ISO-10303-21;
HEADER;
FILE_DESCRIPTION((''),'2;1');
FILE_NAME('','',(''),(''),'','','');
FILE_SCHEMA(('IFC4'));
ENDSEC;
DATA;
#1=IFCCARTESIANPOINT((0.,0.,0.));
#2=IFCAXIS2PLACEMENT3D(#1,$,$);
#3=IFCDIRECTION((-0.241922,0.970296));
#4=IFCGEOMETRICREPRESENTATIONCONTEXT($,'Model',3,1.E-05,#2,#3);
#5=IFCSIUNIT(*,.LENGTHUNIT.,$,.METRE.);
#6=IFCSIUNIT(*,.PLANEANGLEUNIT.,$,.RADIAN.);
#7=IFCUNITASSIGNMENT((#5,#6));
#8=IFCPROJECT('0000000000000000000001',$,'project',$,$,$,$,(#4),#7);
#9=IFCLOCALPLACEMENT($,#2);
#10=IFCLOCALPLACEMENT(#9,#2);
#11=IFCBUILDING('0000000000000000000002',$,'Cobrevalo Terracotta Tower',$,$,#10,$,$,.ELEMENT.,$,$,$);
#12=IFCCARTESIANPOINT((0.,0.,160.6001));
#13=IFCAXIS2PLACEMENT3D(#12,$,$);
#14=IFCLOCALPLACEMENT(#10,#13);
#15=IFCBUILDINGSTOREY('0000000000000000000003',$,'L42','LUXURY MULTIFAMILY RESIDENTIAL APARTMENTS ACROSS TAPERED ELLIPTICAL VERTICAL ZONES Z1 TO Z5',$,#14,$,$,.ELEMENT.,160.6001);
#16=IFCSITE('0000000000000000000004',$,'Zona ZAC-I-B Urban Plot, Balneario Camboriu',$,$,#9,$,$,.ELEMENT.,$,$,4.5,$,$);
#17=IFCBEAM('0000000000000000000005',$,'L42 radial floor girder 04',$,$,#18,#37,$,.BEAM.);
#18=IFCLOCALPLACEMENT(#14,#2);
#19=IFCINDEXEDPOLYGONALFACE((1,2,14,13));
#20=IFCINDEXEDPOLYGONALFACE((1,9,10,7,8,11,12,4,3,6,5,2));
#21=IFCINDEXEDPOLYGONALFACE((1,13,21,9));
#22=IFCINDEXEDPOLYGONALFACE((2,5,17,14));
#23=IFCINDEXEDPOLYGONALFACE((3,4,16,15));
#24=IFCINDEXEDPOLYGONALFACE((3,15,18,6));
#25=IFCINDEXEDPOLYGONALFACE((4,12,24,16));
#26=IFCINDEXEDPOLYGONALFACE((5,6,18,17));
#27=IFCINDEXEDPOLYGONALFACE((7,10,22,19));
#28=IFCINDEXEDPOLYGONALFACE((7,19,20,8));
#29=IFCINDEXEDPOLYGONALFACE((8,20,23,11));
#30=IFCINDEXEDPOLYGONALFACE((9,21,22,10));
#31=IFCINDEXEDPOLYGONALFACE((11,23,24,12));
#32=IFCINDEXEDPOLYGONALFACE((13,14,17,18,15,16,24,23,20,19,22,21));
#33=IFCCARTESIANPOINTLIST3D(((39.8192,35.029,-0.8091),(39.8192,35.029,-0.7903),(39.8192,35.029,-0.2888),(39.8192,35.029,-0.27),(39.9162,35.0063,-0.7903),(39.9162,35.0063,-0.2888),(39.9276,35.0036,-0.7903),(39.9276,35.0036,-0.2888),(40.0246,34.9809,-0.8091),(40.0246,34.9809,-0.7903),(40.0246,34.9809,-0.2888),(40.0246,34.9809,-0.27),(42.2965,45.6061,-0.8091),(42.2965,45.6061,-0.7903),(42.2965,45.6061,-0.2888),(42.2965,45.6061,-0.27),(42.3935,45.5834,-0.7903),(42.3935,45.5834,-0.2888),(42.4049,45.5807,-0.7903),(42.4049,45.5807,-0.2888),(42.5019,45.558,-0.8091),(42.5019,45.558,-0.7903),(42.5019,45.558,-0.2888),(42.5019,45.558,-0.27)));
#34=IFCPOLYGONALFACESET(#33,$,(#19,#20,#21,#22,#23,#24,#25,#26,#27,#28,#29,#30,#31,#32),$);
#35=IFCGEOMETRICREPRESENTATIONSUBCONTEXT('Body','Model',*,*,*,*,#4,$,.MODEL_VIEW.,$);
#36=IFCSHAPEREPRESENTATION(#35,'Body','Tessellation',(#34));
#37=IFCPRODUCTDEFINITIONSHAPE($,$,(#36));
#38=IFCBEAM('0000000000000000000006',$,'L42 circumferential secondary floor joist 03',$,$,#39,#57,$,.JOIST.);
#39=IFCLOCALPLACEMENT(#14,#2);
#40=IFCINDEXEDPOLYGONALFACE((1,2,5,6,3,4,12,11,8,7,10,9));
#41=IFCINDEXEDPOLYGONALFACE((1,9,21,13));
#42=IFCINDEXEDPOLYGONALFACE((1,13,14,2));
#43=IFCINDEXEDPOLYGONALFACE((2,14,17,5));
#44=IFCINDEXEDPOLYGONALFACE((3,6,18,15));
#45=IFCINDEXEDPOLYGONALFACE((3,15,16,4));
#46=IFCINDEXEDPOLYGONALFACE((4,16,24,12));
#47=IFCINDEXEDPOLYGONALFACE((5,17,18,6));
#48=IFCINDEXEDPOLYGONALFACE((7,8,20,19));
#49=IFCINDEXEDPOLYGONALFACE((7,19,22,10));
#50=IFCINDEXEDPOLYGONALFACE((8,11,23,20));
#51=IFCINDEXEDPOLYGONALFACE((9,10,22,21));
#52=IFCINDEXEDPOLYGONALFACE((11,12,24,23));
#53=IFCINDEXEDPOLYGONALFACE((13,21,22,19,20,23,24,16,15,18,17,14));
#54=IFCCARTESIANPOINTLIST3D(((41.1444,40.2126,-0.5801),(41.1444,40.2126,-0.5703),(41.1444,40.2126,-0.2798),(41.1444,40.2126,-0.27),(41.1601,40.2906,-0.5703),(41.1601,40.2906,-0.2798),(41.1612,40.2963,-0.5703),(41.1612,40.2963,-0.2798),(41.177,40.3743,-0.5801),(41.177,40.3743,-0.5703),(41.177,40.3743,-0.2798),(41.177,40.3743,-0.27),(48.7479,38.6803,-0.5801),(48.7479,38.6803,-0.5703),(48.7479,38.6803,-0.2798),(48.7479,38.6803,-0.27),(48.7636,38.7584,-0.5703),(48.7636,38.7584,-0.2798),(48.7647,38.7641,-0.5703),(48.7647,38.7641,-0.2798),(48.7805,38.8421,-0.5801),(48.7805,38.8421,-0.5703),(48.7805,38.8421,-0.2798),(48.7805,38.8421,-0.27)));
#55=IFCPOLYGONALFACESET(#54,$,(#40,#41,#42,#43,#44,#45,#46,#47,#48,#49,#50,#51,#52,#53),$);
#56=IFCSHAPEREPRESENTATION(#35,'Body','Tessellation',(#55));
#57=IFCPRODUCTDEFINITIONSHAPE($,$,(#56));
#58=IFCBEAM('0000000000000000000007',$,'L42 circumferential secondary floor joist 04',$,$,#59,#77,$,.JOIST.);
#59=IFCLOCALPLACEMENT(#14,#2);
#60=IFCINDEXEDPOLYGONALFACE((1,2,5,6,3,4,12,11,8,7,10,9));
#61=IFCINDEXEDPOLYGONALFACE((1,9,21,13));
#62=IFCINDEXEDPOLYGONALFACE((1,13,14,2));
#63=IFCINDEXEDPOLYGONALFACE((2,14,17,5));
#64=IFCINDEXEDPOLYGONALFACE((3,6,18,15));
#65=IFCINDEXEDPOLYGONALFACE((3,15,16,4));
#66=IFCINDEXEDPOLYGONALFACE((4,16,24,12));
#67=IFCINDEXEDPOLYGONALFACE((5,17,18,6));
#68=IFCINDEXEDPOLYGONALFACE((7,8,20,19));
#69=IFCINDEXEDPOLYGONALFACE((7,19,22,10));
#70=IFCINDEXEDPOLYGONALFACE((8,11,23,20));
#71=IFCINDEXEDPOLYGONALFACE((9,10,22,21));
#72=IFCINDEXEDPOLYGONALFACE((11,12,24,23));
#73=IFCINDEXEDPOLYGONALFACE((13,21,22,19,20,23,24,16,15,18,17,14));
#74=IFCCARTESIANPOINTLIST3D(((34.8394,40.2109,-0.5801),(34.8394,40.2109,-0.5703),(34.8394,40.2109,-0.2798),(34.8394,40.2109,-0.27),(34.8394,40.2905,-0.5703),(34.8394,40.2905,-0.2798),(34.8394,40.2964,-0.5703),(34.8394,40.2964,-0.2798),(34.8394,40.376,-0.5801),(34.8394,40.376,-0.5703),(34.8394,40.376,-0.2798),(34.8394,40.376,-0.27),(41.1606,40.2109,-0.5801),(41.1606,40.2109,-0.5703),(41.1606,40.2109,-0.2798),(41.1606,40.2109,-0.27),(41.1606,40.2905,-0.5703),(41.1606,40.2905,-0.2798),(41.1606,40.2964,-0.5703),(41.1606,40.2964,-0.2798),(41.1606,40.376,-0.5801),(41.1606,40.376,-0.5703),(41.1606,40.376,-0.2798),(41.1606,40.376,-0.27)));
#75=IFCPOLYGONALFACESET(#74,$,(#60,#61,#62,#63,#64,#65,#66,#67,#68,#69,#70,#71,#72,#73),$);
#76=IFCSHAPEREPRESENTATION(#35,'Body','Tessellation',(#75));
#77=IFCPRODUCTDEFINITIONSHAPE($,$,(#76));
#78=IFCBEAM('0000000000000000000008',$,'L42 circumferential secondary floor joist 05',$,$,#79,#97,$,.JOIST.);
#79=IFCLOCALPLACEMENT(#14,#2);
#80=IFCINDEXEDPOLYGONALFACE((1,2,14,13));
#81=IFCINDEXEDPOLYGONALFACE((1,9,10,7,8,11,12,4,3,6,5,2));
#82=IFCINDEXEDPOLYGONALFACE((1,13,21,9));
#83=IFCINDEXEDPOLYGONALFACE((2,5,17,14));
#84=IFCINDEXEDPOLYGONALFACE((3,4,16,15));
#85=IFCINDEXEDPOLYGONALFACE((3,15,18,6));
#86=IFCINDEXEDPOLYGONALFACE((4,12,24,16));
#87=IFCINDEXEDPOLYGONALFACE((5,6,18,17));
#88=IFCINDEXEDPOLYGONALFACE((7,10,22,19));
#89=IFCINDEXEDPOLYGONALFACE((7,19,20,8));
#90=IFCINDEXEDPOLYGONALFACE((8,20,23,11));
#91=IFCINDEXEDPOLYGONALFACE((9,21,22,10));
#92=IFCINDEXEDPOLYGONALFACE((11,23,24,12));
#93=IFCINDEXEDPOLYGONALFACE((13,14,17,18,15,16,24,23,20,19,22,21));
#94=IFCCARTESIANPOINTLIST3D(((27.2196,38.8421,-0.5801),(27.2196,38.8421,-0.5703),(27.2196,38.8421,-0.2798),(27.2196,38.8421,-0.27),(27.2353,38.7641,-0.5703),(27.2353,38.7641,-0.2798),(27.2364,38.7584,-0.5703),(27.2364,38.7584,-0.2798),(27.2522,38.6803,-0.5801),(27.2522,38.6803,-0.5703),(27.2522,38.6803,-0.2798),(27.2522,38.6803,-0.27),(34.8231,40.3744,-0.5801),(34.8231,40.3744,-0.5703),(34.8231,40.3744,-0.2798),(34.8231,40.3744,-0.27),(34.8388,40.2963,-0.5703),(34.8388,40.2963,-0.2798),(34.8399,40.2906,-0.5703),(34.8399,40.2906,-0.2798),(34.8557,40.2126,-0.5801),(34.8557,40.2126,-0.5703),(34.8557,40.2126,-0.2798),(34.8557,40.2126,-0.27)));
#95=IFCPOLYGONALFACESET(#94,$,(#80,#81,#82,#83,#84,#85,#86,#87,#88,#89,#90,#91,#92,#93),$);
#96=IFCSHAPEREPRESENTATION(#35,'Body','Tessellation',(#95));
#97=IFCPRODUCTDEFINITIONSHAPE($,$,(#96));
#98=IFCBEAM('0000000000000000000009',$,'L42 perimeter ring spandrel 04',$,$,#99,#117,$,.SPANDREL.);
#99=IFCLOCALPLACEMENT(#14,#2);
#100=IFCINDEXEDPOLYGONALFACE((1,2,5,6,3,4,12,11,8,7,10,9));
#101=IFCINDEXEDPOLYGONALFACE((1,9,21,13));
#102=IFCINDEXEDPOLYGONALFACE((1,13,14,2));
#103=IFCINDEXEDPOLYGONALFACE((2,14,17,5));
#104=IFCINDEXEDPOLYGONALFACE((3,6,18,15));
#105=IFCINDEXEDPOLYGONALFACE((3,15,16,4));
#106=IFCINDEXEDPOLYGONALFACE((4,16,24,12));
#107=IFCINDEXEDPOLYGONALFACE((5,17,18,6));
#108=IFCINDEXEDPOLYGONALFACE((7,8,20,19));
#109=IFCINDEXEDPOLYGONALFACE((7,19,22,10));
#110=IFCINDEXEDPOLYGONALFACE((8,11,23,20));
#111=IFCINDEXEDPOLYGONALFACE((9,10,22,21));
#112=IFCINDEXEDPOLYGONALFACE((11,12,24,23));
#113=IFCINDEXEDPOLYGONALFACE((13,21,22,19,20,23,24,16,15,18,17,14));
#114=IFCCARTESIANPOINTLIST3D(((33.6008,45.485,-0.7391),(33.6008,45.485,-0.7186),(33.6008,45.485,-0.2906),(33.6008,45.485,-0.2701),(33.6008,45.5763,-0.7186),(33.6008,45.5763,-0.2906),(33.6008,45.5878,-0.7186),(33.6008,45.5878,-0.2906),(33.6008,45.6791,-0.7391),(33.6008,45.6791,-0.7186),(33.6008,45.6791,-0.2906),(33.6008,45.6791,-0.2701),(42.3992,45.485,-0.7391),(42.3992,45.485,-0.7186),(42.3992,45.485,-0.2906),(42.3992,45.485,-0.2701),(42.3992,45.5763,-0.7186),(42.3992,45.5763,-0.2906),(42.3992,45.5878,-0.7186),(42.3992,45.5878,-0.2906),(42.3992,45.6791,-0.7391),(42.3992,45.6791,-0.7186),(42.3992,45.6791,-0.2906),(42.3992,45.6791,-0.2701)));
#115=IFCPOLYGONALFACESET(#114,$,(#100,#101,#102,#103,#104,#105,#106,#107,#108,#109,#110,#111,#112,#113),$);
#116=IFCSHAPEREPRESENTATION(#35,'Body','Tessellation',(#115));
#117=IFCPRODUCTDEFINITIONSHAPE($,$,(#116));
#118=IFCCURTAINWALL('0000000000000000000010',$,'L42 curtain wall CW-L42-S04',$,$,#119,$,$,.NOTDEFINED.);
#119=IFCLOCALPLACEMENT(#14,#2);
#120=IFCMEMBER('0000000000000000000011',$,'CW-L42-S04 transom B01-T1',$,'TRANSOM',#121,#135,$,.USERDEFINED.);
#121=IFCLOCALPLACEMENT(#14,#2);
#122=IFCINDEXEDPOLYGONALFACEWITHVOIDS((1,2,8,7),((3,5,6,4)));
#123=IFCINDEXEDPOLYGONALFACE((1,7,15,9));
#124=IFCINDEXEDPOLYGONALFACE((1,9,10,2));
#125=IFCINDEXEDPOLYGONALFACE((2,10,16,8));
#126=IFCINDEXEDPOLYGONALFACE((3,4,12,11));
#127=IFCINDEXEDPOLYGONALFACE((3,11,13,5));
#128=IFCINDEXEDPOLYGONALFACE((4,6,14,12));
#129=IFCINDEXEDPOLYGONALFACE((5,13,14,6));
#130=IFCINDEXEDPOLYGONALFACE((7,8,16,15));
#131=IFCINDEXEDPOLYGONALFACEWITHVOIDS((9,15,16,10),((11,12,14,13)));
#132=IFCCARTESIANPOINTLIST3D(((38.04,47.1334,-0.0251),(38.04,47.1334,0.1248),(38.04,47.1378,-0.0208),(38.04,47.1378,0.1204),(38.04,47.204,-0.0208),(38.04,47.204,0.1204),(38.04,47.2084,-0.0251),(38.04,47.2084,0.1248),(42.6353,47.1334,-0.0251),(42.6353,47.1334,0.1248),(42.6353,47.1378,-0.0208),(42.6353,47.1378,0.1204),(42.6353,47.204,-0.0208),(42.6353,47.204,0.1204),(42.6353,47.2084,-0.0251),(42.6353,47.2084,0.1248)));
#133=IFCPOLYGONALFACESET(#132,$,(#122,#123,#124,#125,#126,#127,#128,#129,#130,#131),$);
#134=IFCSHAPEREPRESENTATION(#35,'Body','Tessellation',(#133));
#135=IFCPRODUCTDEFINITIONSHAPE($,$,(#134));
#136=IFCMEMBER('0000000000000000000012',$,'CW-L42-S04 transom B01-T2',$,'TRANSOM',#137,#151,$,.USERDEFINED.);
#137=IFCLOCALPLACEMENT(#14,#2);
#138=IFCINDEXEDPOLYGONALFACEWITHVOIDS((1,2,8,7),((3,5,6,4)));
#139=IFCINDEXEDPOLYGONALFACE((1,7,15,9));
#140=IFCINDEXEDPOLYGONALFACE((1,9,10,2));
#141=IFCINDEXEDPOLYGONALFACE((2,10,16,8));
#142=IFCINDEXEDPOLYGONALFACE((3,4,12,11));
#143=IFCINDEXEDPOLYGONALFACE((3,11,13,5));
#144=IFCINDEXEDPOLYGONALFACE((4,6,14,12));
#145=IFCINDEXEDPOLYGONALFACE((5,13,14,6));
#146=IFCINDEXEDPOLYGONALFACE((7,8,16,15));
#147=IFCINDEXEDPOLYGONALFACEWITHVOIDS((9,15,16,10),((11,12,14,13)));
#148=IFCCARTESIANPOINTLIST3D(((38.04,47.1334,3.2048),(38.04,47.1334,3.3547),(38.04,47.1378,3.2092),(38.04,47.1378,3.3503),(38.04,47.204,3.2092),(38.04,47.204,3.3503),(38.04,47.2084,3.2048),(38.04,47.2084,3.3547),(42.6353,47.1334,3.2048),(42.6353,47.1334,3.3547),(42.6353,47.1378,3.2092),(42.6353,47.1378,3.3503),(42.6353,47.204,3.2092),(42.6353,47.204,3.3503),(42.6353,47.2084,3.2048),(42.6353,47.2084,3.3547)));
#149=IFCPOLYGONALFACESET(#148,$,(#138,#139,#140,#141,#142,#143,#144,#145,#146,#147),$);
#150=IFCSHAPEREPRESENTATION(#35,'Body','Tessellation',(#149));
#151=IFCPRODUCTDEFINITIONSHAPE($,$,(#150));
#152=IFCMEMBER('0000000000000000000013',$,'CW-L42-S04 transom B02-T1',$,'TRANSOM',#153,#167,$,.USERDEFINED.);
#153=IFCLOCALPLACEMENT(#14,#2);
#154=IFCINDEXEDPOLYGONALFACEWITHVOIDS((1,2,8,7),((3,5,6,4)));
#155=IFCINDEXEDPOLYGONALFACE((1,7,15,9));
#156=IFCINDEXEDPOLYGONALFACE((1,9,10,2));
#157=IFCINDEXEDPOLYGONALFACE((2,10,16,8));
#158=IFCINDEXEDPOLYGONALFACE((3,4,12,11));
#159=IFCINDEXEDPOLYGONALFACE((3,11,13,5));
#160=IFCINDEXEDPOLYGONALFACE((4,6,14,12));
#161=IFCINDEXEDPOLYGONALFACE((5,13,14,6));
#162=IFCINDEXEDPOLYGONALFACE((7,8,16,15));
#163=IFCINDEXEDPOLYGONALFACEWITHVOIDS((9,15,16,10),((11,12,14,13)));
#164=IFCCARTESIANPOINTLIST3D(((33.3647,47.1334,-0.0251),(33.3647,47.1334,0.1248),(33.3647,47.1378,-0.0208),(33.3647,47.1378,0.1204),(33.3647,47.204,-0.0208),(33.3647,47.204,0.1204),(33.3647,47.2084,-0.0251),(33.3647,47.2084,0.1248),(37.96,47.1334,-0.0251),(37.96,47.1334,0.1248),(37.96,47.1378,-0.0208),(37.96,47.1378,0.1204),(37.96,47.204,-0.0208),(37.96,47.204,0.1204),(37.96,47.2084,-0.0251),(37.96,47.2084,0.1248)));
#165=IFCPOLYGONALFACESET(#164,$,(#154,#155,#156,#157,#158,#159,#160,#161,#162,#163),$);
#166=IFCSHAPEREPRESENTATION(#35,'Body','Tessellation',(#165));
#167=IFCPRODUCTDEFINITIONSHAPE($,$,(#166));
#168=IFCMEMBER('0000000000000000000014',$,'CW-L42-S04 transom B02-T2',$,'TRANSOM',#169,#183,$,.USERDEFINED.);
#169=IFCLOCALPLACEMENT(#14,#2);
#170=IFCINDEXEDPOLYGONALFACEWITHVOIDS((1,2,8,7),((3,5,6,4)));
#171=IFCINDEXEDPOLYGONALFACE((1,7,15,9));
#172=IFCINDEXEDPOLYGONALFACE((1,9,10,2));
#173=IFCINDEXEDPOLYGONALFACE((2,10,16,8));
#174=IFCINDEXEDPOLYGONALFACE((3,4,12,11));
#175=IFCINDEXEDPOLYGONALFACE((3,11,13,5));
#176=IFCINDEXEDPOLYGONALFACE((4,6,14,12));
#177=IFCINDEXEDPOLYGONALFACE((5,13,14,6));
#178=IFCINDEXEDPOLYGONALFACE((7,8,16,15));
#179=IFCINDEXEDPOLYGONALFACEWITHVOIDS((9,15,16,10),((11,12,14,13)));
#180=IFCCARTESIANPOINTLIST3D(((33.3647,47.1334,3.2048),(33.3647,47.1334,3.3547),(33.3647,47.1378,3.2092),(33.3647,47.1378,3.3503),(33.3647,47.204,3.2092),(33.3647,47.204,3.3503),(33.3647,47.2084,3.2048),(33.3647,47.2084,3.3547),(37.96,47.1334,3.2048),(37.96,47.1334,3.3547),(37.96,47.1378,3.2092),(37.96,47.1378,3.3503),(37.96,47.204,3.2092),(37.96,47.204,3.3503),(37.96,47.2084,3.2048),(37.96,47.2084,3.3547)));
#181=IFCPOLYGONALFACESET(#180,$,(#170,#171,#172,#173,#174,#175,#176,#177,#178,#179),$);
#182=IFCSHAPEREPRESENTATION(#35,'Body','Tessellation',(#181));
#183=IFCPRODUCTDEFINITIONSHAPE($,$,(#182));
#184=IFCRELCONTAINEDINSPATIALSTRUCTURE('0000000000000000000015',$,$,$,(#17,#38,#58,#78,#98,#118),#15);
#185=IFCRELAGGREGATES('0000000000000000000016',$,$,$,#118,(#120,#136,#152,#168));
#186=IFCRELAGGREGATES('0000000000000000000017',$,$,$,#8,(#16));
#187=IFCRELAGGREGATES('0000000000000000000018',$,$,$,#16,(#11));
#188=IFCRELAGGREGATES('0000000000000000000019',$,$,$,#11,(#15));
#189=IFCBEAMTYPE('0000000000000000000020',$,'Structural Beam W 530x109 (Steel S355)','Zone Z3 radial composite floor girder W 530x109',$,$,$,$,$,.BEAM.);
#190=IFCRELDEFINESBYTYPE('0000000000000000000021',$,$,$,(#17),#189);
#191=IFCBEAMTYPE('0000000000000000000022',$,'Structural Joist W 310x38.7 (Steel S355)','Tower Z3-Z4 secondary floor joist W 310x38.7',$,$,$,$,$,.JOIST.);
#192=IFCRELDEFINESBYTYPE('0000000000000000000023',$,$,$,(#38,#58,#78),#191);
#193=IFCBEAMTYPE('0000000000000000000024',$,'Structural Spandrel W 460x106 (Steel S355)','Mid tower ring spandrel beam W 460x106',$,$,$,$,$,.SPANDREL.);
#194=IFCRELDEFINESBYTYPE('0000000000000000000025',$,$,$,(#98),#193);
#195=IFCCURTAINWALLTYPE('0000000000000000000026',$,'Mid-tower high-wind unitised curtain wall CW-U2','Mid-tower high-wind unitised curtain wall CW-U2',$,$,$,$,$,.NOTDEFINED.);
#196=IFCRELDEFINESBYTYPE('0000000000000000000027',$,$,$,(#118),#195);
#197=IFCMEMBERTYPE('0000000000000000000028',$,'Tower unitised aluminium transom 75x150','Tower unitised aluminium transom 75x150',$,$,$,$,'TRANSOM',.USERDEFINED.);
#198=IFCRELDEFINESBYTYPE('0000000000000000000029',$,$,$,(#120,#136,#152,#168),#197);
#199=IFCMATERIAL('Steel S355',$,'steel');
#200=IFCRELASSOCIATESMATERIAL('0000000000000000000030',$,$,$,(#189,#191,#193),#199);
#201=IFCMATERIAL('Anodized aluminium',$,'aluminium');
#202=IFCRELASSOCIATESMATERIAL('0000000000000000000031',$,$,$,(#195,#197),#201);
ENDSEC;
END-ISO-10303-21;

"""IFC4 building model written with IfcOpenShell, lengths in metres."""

from ifc_helpers import new_model, si_unit, direction, frame, origin, origin_2d, place, context, subcontext, project, spatial, hollow_rectangle, i_section, extrude, source, transform, mapped, material, material_profile, profile_set, type_object, element, aggregate, save


model = new_model("IFC4")

# Units and contexts
model_context = context("Model", 3, precision=1e-05, world=origin(), true_north=direction((-0.241922, 0.970296)))
body_context = subcontext(model_context, "Body", "Model", "MODEL_VIEW")
ifc_project = project(units=[si_unit("LENGTHUNIT", "METRE"), si_unit("PLANEANGLEUNIT", "RADIAN")], contexts=[model_context])

# Site, building, storey
site_placement = place(None, origin())
site = spatial("IfcSite", under=ifc_project, at=site_placement, Name="Zona ZAC-I-B Urban Plot, Balneario Camboriu", CompositionType="ELEMENT", RefElevation=4.5)
building_placement = place(site_placement, origin())
building = spatial("IfcBuilding", under=site, at=building_placement, Name="Cobrevalo Terracotta Tower", CompositionType="ELEMENT")
storey_placement = place(building_placement, frame((0.0, 0.0, 160.6001)))
storey = spatial("IfcBuildingStorey", under=building, at=storey_placement, Name="L42", Description="LUXURY MULTIFAMILY RESIDENTIAL APARTMENTS ACROSS TAPERED ELLIPTICAL VERTICAL ZONES Z1 TO Z5", CompositionType="ELEMENT", Elevation=160.6001)

# Shared definitions
ifc_material_1 = material(Name="Steel S355", Category="steel")

# Beams
ifc_material_profile_1 = material_profile(ifc_material_1, i_section(OverallWidth=0.2109, OverallDepth=0.5391, WebThickness=0.0117, FlangeThickness=0.0188, at=origin_2d()), Name="W 530x109")
ifc_profile_set_1 = profile_set([ifc_material_profile_1], Name="Steel S355")
beam_type_1 = type_object("IfcBeamType", Name="Structural Beam W 530x109 (Steel S355)", Description="Zone Z3 radial composite floor girder W 530x109", PredefinedType="BEAM", material=ifc_profile_set_1)
beam_1_placement = place(storey_placement, frame((42.3992, 45.582, -0.5396), z_axis=(-0.228041, -0.973652, 0.0), x_axis=(0.973652, -0.228041, 0.0)))
element("IfcBeam", 1, at=beam_1_placement, inside=storey, type_object=beam_type_1, Name="L42 radial floor girder 04", PredefinedType="BEAM", context=body_context, shape_type="SweptSolid", body=[
    extrude(i_section(OverallWidth=0.2109, OverallDepth=0.5391, WebThickness=0.0117, FlangeThickness=0.0188, at=origin_2d()), origin(), (0.0, 0.0, 1.0), 10.8633),
])
ifc_material_profile_2 = material_profile(ifc_material_1, i_section(OverallWidth=0.165, OverallDepth=0.3101, WebThickness=0.0059, FlangeThickness=0.0098, at=origin_2d()), Name="W 310x38.7")
ifc_profile_set_2 = profile_set([ifc_material_profile_2], Name="Steel S355")
beam_type_2 = type_object("IfcBeamType", Name="Structural Joist W 310x38.7 (Steel S355)", Description="Tower Z3-Z4 secondary floor joist W 310x38.7", PredefinedType="JOIST", material=ifc_profile_set_2)
beam_2_placement = place(storey_placement, frame((48.7642, 38.7612, -0.425), z_axis=(-0.980294, 0.197544, 0.0), x_axis=(-0.197544, -0.980294, 0.0)))
element("IfcBeam", 2, at=beam_2_placement, inside=storey, type_object=beam_type_2, Name="L42 circumferential secondary floor joist 03", PredefinedType="JOIST", context=body_context, shape_type="SweptSolid", body=[
    extrude(i_section(OverallWidth=0.165, OverallDepth=0.3101, WebThickness=0.0059, FlangeThickness=0.0098, at=origin_2d()), origin(), (0.0, 0.0, 1.0), 7.7563),
])
beam_3_placement = place(storey_placement, frame((41.1606, 40.2935, -0.425), z_axis=(-1.0, 0.0, 0.0), x_axis=(0.0, -1.0, 0.0)))
element("IfcBeam", 3, at=beam_3_placement, inside=storey, type_object=beam_type_2, Name="L42 circumferential secondary floor joist 04", PredefinedType="JOIST", context=body_context, shape_type="SweptSolid", body=[
    extrude(i_section(OverallWidth=0.165, OverallDepth=0.3101, WebThickness=0.0059, FlangeThickness=0.0098, at=origin_2d()), origin(), (0.0, 0.0, 1.0), 6.3213),
])
beam_4_placement = place(storey_placement, frame((34.8394, 40.2935, -0.425), z_axis=(-0.980294, -0.197544, 0.0), x_axis=(0.197544, -0.980294, 0.0)))
element("IfcBeam", 4, at=beam_4_placement, inside=storey, type_object=beam_type_2, Name="L42 circumferential secondary floor joist 05", PredefinedType="JOIST", context=body_context, shape_type="SweptSolid", body=[
    extrude(i_section(OverallWidth=0.165, OverallDepth=0.3101, WebThickness=0.0059, FlangeThickness=0.0098, at=origin_2d()), origin(), (0.0, 0.0, 1.0), 7.7563),
])
ifc_material_profile_3 = material_profile(ifc_material_1, i_section(OverallWidth=0.1941, OverallDepth=0.469, WebThickness=0.0115, FlangeThickness=0.0205, at=origin_2d()), Name="W 460x106")
ifc_profile_set_3 = profile_set([ifc_material_profile_3], Name="Steel S355")
beam_type_3 = type_object("IfcBeamType", Name="Structural Spandrel W 460x106 (Steel S355)", Description="Mid tower ring spandrel beam W 460x106", PredefinedType="SPANDREL", material=ifc_profile_set_3)
beam_5_placement = place(storey_placement, frame((42.3992, 45.582, -0.5046), z_axis=(-1.0, 0.0, 0.0), x_axis=(0.0, -1.0, 0.0)))
element("IfcBeam", 5, at=beam_5_placement, inside=storey, type_object=beam_type_3, Name="L42 perimeter ring spandrel 04", PredefinedType="SPANDREL", context=body_context, shape_type="SweptSolid", body=[
    extrude(i_section(OverallWidth=0.1941, OverallDepth=0.469, WebThickness=0.0115, FlangeThickness=0.0205, at=origin_2d()), origin(), (0.0, 0.0, 1.0), 8.7983),
])

# Curtain wall, members
ifc_material_2 = material(Name="Anodized aluminium", Category="aluminium")
curtain_wall_type = type_object("IfcCurtainWallType", Name="Mid-tower high-wind unitised curtain wall CW-U2", Description="Mid-tower high-wind unitised curtain wall CW-U2", PredefinedType="NOTDEFINED", material=ifc_material_2)
curtain_wall_placement = place(storey_placement, origin())
curtain_wall = element("IfcCurtainWall", 6, at=curtain_wall_placement, inside=storey, type_object=curtain_wall_type, Name="L42 curtain wall CW-L42-S04", PredefinedType="NOTDEFINED")
ifc_material_profile_4 = material_profile(ifc_material_2, hollow_rectangle(XDim=0.075, YDim=0.1499, WallThickness=0.0044, at=origin_2d()), Name="CWT 75x150")
ifc_profile_set_4 = profile_set([ifc_material_profile_4], Name="Anodized aluminium")
member_type_1 = type_object("IfcMemberType", Name="Tower unitised aluminium transom 75x150", Description="Tower unitised aluminium transom 75x150", ElementType="TRANSOM", PredefinedType="USERDEFINED", material=ifc_profile_set_4)
shared_shape_1 = source(origin(), body_context, "Body", "SweptSolid", [
    extrude(hollow_rectangle(XDim=0.075, YDim=0.1499, WallThickness=0.0044, at=origin_2d()), origin(), (0.0, 0.0, 1.0), 4.5952),
])
member_1_placement = place(storey_placement, frame((42.6353, 47.1709, 0.0498), z_axis=(-1.0, 0.0, 0.0), x_axis=(0.0, -1.0, 0.0)))
member_1 = element("IfcMember", 7, at=member_1_placement, type_object=member_type_1, Name="CW-L42-S04 transom B01-T1", ObjectType="TRANSOM", PredefinedType="USERDEFINED", context=body_context, shape_type="MappedRepresentation", body=[
    mapped(shared_shape_1, transform((0.0, 0.0, 0.0), scale=1.0)),
])
member_2_placement = place(storey_placement, frame((42.6353, 47.1709, 3.2798), z_axis=(-1.0, 0.0, 0.0), x_axis=(0.0, -1.0, 0.0)))
member_2 = element("IfcMember", 8, at=member_2_placement, type_object=member_type_1, Name="CW-L42-S04 transom B01-T2", ObjectType="TRANSOM", PredefinedType="USERDEFINED", context=body_context, shape_type="MappedRepresentation", body=[
    mapped(shared_shape_1, transform((0.0, 0.0, 0.0), scale=1.0)),
])
member_3_placement = place(storey_placement, frame((37.96, 47.1709, 0.0498), z_axis=(-1.0, 0.0, 0.0), x_axis=(0.0, -1.0, 0.0)))
member_3 = element("IfcMember", 9, at=member_3_placement, type_object=member_type_1, Name="CW-L42-S04 transom B02-T1", ObjectType="TRANSOM", PredefinedType="USERDEFINED", context=body_context, shape_type="MappedRepresentation", body=[
    mapped(shared_shape_1, transform((0.0, 0.0, 0.0), scale=1.0)),
])
member_4_placement = place(storey_placement, frame((37.96, 47.1709, 3.2798), z_axis=(-1.0, 0.0, 0.0), x_axis=(0.0, -1.0, 0.0)))
member_4 = element("IfcMember", 10, at=member_4_placement, type_object=member_type_1, Name="CW-L42-S04 transom B02-T2", ObjectType="TRANSOM", PredefinedType="USERDEFINED", context=body_context, shape_type="MappedRepresentation", body=[
    mapped(shared_shape_1, transform((0.0, 0.0, 0.0), scale=1.0)),
])
aggregate(curtain_wall, [member_1, member_2, member_3, member_4])

save(model, "model.ifc")
